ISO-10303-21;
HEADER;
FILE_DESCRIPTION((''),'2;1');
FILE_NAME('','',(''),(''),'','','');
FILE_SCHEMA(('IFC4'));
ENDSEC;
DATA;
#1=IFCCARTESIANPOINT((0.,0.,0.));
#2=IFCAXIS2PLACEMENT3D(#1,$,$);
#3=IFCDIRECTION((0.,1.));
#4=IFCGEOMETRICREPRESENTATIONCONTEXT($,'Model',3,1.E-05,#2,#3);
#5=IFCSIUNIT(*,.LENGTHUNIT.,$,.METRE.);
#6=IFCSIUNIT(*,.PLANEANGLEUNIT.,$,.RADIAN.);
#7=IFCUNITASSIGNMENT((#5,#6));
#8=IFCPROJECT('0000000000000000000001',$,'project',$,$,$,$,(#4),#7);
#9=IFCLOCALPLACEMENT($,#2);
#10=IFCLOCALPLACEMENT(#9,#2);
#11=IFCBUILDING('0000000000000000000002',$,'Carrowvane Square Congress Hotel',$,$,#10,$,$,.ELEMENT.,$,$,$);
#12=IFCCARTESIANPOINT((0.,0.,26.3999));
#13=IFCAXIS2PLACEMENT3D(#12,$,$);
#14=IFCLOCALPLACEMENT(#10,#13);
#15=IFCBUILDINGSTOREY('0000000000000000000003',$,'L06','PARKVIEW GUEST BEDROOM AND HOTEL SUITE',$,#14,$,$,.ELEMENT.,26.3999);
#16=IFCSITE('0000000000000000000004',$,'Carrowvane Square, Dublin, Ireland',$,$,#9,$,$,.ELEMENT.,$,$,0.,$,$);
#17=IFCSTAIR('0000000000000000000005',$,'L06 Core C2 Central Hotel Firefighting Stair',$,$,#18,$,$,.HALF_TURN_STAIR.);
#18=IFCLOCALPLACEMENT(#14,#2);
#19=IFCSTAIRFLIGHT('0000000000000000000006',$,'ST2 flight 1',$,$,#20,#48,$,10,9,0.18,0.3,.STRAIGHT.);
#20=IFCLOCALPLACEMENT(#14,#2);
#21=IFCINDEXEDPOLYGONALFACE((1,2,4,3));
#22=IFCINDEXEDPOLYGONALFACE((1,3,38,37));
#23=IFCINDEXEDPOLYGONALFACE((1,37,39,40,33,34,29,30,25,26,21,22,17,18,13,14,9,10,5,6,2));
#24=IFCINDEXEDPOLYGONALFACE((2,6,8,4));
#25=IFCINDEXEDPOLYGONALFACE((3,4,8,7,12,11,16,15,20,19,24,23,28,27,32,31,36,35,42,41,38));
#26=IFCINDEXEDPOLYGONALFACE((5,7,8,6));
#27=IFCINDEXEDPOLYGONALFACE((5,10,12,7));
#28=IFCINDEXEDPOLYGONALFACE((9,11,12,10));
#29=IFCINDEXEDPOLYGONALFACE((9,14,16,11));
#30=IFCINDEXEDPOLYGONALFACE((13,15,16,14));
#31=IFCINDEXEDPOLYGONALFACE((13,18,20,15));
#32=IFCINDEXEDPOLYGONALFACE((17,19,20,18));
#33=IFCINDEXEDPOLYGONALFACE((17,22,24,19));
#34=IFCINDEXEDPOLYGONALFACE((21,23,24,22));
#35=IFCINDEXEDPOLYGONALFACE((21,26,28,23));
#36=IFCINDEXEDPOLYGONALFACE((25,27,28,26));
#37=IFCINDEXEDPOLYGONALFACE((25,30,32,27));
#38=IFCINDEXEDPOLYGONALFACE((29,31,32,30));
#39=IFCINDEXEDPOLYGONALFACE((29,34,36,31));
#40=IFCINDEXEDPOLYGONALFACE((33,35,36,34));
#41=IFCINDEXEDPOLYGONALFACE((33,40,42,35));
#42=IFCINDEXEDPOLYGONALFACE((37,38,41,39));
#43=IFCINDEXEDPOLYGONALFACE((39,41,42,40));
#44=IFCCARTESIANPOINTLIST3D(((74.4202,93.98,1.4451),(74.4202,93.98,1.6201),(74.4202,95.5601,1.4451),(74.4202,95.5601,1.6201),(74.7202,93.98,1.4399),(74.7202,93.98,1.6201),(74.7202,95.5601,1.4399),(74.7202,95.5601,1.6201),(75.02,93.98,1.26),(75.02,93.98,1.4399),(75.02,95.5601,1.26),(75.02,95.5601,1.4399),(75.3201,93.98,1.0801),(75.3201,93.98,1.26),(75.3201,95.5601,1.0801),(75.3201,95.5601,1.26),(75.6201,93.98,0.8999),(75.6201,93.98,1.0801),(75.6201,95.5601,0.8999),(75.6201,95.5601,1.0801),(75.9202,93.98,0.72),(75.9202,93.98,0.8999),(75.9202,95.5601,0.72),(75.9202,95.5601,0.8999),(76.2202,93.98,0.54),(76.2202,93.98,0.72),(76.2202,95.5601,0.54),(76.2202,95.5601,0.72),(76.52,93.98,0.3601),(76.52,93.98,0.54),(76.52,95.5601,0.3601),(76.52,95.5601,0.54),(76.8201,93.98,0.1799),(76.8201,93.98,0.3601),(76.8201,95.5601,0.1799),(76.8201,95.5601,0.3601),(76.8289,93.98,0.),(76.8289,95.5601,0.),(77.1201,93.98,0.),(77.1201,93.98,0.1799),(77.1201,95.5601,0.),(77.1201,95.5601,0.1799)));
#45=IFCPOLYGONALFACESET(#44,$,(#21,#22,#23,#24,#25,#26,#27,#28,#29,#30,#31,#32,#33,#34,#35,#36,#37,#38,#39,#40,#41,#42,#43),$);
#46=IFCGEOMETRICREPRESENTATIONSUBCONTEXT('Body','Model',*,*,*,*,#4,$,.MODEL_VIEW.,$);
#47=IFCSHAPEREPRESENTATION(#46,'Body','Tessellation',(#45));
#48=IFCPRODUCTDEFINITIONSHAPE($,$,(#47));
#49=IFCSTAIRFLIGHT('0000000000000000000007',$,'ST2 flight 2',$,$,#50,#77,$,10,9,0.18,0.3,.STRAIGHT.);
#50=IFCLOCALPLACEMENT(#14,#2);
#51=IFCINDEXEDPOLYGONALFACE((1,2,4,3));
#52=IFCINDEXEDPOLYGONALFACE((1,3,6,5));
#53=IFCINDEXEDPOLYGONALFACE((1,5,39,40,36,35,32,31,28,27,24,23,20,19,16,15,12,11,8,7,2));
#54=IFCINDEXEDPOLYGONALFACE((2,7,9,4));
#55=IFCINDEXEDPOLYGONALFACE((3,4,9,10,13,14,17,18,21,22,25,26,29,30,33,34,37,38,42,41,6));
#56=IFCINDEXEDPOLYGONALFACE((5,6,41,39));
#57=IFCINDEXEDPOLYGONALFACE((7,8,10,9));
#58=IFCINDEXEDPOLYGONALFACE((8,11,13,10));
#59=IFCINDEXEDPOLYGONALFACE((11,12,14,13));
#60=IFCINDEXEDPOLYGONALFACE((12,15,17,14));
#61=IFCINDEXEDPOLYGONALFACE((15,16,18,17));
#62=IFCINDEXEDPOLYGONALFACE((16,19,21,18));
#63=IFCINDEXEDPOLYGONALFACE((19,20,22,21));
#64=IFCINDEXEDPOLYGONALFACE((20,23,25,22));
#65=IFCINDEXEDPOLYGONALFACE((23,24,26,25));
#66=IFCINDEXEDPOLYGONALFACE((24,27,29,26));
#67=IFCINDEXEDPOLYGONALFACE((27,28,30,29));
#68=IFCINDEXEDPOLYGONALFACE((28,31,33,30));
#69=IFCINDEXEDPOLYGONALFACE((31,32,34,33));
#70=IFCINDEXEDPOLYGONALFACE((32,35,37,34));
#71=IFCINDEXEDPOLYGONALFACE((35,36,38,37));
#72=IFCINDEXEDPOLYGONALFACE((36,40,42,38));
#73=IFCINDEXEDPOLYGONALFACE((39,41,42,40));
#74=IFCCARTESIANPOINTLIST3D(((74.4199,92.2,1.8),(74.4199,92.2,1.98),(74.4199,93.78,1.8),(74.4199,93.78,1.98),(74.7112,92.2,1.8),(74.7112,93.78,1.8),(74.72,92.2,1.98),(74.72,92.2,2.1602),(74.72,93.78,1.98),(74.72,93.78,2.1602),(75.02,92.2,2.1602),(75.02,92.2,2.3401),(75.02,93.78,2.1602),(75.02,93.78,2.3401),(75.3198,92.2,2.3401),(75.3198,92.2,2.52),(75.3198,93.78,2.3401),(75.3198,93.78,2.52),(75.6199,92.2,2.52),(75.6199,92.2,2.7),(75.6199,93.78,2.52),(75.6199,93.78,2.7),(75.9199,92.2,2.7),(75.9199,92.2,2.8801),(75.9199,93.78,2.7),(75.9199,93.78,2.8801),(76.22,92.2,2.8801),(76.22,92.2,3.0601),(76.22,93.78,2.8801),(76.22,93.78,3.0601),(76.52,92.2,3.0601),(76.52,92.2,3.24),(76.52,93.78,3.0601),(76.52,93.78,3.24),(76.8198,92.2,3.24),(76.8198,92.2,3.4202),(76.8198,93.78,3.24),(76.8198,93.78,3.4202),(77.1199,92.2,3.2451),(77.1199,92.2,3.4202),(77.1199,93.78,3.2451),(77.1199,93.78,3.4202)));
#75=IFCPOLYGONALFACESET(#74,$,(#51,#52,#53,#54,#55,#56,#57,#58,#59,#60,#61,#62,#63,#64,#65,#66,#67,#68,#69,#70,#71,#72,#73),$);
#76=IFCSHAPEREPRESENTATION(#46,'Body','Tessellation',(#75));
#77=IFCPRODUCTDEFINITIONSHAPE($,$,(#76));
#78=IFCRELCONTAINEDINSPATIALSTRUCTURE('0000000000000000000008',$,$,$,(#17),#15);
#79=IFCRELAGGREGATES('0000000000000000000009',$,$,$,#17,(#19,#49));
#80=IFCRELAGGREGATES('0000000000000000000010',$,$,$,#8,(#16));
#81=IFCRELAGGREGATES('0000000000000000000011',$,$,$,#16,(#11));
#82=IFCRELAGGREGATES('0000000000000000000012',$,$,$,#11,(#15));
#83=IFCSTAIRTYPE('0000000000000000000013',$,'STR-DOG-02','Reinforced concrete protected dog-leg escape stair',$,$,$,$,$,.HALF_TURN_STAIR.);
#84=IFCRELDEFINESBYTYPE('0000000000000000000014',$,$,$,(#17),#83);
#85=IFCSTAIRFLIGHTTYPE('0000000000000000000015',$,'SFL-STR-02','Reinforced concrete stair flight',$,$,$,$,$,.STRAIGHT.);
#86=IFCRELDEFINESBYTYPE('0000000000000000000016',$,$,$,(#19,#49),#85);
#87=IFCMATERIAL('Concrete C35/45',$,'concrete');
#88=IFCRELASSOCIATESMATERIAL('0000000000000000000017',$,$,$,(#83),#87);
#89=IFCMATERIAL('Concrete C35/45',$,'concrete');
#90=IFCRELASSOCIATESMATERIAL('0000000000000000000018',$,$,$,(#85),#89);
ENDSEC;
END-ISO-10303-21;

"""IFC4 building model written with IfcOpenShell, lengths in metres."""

from ifc_helpers import new_model, si_unit, direction, frame, origin, place, context, subcontext, project, spatial, polyline, outline, extrude, material, type_object, element, aggregate, save


model = new_model("IFC4")

# Units and contexts
model_context = context("Model", 3, precision=1e-05, world=origin(), true_north=direction((0.0, 1.0)))
body_context = subcontext(model_context, "Body", "Model", "MODEL_VIEW")
ifc_project = project(units=[si_unit("LENGTHUNIT", "METRE"), si_unit("PLANEANGLEUNIT", "RADIAN")], contexts=[model_context])

# Site, building, storey
site_placement = place(None, origin())
site = spatial("IfcSite", under=ifc_project, at=site_placement, Name="Carrowvane Square, Dublin, Ireland", CompositionType="ELEMENT", RefElevation=0.0)
building_placement = place(site_placement, origin())
building = spatial("IfcBuilding", under=site, at=building_placement, Name="Carrowvane Square Congress Hotel", CompositionType="ELEMENT")
storey_placement = place(building_placement, frame((0.0, 0.0, 26.3999)))
storey = spatial("IfcBuildingStorey", under=building, at=storey_placement, Name="L06", Description="PARKVIEW GUEST BEDROOM AND HOTEL SUITE", CompositionType="ELEMENT", Elevation=26.3999)

# Stair, stair flights
ifc_material_1 = material(Name="Concrete C35/45", Category="concrete")
stair_type = type_object("IfcStairType", Name="STR-DOG-02", Description="Reinforced concrete protected dog-leg escape stair", PredefinedType="HALF_TURN_STAIR", material=ifc_material_1)
stair_placement = place(storey_placement, origin())
stair = element("IfcStair", 1, at=stair_placement, inside=storey, type_object=stair_type, Name="L06 Core C2 Central Hotel Firefighting Stair", PredefinedType="HALF_TURN_STAIR")
ifc_material_2 = material(Name="Concrete C35/45", Category="concrete")
stair_flight_type = type_object("IfcStairFlightType", Name="SFL-STR-02", Description="Reinforced concrete stair flight", PredefinedType="STRAIGHT", material=ifc_material_2)
stair_flight_1_placement = place(storey_placement, frame((77.1201, 94.77, 0.0), z_axis=(0.0, 0.0, 1.0), x_axis=(-1.0, 0.0, 0.0)))
stair_flight_1 = element("IfcStairFlight", 2, at=stair_flight_1_placement, type_object=stair_flight_type, Name="ST2 flight 1", NumberOfRisers=10, NumberOfTreads=9, PredefinedType="STRAIGHT", RiserHeight=0.18, TreadLength=0.3, context=body_context, shape_type="SweptSolid", body=[
    extrude(outline(polyline([(0.0, 0.0), (0.0, 0.1799), (0.3, 0.1799), (0.3, 0.3601), (0.6001, 0.3601), (0.6001, 0.54), (0.8999, 0.54), (0.8999, 0.72), (1.2, 0.72), (1.2, 0.8999), (1.5, 0.8999), (1.5, 1.0801), (1.8, 1.0801), (1.8, 1.26), (2.1001, 1.26), (2.1001, 1.4399), (2.3999, 1.4399), (2.3999, 1.6201), (2.7, 1.6201), (2.7, 1.8), (2.7, 1.4451), (0.2913, 0.0), (0.0, 0.0)])), frame((0.0, 0.79, 0.0), z_axis=(0.0, -1.0, 0.0), x_axis=(1.0, 0.0, 0.0)), (0.0, 0.0, 1.0), 1.5801),
])
stair_flight_2_placement = place(storey_placement, frame((74.4199, 92.99, 1.8), z_axis=(0.0, 0.0, 1.0), x_axis=(1.0, 0.0, 0.0)))
stair_flight_2 = element("IfcStairFlight", 3, at=stair_flight_2_placement, type_object=stair_flight_type, Name="ST2 flight 2", NumberOfRisers=10, NumberOfTreads=9, PredefinedType="STRAIGHT", RiserHeight=0.18, TreadLength=0.3, context=body_context, shape_type="SweptSolid", body=[
    extrude(outline(polyline([(0.0, 0.0), (0.0, 0.1799), (0.3, 0.1799), (0.3, 0.3601), (0.6001, 0.3601), (0.6001, 0.54), (0.8999, 0.54), (0.8999, 0.72), (1.2, 0.72), (1.2, 0.8999), (1.5, 0.8999), (1.5, 1.0801), (1.8, 1.0801), (1.8, 1.26), (2.1001, 1.26), (2.1001, 1.4399), (2.3999, 1.4399), (2.3999, 1.6201), (2.7, 1.6201), (2.7, 1.8), (2.7, 1.4451), (0.2913, 0.0), (0.0, 0.0)])), frame((0.0, 0.79, 0.0), z_axis=(0.0, -1.0, 0.0), x_axis=(1.0, 0.0, 0.0)), (0.0, 0.0, 1.0), 1.5801),
])
aggregate(stair, [stair_flight_1, stair_flight_2])

save(model, "model.ifc")
